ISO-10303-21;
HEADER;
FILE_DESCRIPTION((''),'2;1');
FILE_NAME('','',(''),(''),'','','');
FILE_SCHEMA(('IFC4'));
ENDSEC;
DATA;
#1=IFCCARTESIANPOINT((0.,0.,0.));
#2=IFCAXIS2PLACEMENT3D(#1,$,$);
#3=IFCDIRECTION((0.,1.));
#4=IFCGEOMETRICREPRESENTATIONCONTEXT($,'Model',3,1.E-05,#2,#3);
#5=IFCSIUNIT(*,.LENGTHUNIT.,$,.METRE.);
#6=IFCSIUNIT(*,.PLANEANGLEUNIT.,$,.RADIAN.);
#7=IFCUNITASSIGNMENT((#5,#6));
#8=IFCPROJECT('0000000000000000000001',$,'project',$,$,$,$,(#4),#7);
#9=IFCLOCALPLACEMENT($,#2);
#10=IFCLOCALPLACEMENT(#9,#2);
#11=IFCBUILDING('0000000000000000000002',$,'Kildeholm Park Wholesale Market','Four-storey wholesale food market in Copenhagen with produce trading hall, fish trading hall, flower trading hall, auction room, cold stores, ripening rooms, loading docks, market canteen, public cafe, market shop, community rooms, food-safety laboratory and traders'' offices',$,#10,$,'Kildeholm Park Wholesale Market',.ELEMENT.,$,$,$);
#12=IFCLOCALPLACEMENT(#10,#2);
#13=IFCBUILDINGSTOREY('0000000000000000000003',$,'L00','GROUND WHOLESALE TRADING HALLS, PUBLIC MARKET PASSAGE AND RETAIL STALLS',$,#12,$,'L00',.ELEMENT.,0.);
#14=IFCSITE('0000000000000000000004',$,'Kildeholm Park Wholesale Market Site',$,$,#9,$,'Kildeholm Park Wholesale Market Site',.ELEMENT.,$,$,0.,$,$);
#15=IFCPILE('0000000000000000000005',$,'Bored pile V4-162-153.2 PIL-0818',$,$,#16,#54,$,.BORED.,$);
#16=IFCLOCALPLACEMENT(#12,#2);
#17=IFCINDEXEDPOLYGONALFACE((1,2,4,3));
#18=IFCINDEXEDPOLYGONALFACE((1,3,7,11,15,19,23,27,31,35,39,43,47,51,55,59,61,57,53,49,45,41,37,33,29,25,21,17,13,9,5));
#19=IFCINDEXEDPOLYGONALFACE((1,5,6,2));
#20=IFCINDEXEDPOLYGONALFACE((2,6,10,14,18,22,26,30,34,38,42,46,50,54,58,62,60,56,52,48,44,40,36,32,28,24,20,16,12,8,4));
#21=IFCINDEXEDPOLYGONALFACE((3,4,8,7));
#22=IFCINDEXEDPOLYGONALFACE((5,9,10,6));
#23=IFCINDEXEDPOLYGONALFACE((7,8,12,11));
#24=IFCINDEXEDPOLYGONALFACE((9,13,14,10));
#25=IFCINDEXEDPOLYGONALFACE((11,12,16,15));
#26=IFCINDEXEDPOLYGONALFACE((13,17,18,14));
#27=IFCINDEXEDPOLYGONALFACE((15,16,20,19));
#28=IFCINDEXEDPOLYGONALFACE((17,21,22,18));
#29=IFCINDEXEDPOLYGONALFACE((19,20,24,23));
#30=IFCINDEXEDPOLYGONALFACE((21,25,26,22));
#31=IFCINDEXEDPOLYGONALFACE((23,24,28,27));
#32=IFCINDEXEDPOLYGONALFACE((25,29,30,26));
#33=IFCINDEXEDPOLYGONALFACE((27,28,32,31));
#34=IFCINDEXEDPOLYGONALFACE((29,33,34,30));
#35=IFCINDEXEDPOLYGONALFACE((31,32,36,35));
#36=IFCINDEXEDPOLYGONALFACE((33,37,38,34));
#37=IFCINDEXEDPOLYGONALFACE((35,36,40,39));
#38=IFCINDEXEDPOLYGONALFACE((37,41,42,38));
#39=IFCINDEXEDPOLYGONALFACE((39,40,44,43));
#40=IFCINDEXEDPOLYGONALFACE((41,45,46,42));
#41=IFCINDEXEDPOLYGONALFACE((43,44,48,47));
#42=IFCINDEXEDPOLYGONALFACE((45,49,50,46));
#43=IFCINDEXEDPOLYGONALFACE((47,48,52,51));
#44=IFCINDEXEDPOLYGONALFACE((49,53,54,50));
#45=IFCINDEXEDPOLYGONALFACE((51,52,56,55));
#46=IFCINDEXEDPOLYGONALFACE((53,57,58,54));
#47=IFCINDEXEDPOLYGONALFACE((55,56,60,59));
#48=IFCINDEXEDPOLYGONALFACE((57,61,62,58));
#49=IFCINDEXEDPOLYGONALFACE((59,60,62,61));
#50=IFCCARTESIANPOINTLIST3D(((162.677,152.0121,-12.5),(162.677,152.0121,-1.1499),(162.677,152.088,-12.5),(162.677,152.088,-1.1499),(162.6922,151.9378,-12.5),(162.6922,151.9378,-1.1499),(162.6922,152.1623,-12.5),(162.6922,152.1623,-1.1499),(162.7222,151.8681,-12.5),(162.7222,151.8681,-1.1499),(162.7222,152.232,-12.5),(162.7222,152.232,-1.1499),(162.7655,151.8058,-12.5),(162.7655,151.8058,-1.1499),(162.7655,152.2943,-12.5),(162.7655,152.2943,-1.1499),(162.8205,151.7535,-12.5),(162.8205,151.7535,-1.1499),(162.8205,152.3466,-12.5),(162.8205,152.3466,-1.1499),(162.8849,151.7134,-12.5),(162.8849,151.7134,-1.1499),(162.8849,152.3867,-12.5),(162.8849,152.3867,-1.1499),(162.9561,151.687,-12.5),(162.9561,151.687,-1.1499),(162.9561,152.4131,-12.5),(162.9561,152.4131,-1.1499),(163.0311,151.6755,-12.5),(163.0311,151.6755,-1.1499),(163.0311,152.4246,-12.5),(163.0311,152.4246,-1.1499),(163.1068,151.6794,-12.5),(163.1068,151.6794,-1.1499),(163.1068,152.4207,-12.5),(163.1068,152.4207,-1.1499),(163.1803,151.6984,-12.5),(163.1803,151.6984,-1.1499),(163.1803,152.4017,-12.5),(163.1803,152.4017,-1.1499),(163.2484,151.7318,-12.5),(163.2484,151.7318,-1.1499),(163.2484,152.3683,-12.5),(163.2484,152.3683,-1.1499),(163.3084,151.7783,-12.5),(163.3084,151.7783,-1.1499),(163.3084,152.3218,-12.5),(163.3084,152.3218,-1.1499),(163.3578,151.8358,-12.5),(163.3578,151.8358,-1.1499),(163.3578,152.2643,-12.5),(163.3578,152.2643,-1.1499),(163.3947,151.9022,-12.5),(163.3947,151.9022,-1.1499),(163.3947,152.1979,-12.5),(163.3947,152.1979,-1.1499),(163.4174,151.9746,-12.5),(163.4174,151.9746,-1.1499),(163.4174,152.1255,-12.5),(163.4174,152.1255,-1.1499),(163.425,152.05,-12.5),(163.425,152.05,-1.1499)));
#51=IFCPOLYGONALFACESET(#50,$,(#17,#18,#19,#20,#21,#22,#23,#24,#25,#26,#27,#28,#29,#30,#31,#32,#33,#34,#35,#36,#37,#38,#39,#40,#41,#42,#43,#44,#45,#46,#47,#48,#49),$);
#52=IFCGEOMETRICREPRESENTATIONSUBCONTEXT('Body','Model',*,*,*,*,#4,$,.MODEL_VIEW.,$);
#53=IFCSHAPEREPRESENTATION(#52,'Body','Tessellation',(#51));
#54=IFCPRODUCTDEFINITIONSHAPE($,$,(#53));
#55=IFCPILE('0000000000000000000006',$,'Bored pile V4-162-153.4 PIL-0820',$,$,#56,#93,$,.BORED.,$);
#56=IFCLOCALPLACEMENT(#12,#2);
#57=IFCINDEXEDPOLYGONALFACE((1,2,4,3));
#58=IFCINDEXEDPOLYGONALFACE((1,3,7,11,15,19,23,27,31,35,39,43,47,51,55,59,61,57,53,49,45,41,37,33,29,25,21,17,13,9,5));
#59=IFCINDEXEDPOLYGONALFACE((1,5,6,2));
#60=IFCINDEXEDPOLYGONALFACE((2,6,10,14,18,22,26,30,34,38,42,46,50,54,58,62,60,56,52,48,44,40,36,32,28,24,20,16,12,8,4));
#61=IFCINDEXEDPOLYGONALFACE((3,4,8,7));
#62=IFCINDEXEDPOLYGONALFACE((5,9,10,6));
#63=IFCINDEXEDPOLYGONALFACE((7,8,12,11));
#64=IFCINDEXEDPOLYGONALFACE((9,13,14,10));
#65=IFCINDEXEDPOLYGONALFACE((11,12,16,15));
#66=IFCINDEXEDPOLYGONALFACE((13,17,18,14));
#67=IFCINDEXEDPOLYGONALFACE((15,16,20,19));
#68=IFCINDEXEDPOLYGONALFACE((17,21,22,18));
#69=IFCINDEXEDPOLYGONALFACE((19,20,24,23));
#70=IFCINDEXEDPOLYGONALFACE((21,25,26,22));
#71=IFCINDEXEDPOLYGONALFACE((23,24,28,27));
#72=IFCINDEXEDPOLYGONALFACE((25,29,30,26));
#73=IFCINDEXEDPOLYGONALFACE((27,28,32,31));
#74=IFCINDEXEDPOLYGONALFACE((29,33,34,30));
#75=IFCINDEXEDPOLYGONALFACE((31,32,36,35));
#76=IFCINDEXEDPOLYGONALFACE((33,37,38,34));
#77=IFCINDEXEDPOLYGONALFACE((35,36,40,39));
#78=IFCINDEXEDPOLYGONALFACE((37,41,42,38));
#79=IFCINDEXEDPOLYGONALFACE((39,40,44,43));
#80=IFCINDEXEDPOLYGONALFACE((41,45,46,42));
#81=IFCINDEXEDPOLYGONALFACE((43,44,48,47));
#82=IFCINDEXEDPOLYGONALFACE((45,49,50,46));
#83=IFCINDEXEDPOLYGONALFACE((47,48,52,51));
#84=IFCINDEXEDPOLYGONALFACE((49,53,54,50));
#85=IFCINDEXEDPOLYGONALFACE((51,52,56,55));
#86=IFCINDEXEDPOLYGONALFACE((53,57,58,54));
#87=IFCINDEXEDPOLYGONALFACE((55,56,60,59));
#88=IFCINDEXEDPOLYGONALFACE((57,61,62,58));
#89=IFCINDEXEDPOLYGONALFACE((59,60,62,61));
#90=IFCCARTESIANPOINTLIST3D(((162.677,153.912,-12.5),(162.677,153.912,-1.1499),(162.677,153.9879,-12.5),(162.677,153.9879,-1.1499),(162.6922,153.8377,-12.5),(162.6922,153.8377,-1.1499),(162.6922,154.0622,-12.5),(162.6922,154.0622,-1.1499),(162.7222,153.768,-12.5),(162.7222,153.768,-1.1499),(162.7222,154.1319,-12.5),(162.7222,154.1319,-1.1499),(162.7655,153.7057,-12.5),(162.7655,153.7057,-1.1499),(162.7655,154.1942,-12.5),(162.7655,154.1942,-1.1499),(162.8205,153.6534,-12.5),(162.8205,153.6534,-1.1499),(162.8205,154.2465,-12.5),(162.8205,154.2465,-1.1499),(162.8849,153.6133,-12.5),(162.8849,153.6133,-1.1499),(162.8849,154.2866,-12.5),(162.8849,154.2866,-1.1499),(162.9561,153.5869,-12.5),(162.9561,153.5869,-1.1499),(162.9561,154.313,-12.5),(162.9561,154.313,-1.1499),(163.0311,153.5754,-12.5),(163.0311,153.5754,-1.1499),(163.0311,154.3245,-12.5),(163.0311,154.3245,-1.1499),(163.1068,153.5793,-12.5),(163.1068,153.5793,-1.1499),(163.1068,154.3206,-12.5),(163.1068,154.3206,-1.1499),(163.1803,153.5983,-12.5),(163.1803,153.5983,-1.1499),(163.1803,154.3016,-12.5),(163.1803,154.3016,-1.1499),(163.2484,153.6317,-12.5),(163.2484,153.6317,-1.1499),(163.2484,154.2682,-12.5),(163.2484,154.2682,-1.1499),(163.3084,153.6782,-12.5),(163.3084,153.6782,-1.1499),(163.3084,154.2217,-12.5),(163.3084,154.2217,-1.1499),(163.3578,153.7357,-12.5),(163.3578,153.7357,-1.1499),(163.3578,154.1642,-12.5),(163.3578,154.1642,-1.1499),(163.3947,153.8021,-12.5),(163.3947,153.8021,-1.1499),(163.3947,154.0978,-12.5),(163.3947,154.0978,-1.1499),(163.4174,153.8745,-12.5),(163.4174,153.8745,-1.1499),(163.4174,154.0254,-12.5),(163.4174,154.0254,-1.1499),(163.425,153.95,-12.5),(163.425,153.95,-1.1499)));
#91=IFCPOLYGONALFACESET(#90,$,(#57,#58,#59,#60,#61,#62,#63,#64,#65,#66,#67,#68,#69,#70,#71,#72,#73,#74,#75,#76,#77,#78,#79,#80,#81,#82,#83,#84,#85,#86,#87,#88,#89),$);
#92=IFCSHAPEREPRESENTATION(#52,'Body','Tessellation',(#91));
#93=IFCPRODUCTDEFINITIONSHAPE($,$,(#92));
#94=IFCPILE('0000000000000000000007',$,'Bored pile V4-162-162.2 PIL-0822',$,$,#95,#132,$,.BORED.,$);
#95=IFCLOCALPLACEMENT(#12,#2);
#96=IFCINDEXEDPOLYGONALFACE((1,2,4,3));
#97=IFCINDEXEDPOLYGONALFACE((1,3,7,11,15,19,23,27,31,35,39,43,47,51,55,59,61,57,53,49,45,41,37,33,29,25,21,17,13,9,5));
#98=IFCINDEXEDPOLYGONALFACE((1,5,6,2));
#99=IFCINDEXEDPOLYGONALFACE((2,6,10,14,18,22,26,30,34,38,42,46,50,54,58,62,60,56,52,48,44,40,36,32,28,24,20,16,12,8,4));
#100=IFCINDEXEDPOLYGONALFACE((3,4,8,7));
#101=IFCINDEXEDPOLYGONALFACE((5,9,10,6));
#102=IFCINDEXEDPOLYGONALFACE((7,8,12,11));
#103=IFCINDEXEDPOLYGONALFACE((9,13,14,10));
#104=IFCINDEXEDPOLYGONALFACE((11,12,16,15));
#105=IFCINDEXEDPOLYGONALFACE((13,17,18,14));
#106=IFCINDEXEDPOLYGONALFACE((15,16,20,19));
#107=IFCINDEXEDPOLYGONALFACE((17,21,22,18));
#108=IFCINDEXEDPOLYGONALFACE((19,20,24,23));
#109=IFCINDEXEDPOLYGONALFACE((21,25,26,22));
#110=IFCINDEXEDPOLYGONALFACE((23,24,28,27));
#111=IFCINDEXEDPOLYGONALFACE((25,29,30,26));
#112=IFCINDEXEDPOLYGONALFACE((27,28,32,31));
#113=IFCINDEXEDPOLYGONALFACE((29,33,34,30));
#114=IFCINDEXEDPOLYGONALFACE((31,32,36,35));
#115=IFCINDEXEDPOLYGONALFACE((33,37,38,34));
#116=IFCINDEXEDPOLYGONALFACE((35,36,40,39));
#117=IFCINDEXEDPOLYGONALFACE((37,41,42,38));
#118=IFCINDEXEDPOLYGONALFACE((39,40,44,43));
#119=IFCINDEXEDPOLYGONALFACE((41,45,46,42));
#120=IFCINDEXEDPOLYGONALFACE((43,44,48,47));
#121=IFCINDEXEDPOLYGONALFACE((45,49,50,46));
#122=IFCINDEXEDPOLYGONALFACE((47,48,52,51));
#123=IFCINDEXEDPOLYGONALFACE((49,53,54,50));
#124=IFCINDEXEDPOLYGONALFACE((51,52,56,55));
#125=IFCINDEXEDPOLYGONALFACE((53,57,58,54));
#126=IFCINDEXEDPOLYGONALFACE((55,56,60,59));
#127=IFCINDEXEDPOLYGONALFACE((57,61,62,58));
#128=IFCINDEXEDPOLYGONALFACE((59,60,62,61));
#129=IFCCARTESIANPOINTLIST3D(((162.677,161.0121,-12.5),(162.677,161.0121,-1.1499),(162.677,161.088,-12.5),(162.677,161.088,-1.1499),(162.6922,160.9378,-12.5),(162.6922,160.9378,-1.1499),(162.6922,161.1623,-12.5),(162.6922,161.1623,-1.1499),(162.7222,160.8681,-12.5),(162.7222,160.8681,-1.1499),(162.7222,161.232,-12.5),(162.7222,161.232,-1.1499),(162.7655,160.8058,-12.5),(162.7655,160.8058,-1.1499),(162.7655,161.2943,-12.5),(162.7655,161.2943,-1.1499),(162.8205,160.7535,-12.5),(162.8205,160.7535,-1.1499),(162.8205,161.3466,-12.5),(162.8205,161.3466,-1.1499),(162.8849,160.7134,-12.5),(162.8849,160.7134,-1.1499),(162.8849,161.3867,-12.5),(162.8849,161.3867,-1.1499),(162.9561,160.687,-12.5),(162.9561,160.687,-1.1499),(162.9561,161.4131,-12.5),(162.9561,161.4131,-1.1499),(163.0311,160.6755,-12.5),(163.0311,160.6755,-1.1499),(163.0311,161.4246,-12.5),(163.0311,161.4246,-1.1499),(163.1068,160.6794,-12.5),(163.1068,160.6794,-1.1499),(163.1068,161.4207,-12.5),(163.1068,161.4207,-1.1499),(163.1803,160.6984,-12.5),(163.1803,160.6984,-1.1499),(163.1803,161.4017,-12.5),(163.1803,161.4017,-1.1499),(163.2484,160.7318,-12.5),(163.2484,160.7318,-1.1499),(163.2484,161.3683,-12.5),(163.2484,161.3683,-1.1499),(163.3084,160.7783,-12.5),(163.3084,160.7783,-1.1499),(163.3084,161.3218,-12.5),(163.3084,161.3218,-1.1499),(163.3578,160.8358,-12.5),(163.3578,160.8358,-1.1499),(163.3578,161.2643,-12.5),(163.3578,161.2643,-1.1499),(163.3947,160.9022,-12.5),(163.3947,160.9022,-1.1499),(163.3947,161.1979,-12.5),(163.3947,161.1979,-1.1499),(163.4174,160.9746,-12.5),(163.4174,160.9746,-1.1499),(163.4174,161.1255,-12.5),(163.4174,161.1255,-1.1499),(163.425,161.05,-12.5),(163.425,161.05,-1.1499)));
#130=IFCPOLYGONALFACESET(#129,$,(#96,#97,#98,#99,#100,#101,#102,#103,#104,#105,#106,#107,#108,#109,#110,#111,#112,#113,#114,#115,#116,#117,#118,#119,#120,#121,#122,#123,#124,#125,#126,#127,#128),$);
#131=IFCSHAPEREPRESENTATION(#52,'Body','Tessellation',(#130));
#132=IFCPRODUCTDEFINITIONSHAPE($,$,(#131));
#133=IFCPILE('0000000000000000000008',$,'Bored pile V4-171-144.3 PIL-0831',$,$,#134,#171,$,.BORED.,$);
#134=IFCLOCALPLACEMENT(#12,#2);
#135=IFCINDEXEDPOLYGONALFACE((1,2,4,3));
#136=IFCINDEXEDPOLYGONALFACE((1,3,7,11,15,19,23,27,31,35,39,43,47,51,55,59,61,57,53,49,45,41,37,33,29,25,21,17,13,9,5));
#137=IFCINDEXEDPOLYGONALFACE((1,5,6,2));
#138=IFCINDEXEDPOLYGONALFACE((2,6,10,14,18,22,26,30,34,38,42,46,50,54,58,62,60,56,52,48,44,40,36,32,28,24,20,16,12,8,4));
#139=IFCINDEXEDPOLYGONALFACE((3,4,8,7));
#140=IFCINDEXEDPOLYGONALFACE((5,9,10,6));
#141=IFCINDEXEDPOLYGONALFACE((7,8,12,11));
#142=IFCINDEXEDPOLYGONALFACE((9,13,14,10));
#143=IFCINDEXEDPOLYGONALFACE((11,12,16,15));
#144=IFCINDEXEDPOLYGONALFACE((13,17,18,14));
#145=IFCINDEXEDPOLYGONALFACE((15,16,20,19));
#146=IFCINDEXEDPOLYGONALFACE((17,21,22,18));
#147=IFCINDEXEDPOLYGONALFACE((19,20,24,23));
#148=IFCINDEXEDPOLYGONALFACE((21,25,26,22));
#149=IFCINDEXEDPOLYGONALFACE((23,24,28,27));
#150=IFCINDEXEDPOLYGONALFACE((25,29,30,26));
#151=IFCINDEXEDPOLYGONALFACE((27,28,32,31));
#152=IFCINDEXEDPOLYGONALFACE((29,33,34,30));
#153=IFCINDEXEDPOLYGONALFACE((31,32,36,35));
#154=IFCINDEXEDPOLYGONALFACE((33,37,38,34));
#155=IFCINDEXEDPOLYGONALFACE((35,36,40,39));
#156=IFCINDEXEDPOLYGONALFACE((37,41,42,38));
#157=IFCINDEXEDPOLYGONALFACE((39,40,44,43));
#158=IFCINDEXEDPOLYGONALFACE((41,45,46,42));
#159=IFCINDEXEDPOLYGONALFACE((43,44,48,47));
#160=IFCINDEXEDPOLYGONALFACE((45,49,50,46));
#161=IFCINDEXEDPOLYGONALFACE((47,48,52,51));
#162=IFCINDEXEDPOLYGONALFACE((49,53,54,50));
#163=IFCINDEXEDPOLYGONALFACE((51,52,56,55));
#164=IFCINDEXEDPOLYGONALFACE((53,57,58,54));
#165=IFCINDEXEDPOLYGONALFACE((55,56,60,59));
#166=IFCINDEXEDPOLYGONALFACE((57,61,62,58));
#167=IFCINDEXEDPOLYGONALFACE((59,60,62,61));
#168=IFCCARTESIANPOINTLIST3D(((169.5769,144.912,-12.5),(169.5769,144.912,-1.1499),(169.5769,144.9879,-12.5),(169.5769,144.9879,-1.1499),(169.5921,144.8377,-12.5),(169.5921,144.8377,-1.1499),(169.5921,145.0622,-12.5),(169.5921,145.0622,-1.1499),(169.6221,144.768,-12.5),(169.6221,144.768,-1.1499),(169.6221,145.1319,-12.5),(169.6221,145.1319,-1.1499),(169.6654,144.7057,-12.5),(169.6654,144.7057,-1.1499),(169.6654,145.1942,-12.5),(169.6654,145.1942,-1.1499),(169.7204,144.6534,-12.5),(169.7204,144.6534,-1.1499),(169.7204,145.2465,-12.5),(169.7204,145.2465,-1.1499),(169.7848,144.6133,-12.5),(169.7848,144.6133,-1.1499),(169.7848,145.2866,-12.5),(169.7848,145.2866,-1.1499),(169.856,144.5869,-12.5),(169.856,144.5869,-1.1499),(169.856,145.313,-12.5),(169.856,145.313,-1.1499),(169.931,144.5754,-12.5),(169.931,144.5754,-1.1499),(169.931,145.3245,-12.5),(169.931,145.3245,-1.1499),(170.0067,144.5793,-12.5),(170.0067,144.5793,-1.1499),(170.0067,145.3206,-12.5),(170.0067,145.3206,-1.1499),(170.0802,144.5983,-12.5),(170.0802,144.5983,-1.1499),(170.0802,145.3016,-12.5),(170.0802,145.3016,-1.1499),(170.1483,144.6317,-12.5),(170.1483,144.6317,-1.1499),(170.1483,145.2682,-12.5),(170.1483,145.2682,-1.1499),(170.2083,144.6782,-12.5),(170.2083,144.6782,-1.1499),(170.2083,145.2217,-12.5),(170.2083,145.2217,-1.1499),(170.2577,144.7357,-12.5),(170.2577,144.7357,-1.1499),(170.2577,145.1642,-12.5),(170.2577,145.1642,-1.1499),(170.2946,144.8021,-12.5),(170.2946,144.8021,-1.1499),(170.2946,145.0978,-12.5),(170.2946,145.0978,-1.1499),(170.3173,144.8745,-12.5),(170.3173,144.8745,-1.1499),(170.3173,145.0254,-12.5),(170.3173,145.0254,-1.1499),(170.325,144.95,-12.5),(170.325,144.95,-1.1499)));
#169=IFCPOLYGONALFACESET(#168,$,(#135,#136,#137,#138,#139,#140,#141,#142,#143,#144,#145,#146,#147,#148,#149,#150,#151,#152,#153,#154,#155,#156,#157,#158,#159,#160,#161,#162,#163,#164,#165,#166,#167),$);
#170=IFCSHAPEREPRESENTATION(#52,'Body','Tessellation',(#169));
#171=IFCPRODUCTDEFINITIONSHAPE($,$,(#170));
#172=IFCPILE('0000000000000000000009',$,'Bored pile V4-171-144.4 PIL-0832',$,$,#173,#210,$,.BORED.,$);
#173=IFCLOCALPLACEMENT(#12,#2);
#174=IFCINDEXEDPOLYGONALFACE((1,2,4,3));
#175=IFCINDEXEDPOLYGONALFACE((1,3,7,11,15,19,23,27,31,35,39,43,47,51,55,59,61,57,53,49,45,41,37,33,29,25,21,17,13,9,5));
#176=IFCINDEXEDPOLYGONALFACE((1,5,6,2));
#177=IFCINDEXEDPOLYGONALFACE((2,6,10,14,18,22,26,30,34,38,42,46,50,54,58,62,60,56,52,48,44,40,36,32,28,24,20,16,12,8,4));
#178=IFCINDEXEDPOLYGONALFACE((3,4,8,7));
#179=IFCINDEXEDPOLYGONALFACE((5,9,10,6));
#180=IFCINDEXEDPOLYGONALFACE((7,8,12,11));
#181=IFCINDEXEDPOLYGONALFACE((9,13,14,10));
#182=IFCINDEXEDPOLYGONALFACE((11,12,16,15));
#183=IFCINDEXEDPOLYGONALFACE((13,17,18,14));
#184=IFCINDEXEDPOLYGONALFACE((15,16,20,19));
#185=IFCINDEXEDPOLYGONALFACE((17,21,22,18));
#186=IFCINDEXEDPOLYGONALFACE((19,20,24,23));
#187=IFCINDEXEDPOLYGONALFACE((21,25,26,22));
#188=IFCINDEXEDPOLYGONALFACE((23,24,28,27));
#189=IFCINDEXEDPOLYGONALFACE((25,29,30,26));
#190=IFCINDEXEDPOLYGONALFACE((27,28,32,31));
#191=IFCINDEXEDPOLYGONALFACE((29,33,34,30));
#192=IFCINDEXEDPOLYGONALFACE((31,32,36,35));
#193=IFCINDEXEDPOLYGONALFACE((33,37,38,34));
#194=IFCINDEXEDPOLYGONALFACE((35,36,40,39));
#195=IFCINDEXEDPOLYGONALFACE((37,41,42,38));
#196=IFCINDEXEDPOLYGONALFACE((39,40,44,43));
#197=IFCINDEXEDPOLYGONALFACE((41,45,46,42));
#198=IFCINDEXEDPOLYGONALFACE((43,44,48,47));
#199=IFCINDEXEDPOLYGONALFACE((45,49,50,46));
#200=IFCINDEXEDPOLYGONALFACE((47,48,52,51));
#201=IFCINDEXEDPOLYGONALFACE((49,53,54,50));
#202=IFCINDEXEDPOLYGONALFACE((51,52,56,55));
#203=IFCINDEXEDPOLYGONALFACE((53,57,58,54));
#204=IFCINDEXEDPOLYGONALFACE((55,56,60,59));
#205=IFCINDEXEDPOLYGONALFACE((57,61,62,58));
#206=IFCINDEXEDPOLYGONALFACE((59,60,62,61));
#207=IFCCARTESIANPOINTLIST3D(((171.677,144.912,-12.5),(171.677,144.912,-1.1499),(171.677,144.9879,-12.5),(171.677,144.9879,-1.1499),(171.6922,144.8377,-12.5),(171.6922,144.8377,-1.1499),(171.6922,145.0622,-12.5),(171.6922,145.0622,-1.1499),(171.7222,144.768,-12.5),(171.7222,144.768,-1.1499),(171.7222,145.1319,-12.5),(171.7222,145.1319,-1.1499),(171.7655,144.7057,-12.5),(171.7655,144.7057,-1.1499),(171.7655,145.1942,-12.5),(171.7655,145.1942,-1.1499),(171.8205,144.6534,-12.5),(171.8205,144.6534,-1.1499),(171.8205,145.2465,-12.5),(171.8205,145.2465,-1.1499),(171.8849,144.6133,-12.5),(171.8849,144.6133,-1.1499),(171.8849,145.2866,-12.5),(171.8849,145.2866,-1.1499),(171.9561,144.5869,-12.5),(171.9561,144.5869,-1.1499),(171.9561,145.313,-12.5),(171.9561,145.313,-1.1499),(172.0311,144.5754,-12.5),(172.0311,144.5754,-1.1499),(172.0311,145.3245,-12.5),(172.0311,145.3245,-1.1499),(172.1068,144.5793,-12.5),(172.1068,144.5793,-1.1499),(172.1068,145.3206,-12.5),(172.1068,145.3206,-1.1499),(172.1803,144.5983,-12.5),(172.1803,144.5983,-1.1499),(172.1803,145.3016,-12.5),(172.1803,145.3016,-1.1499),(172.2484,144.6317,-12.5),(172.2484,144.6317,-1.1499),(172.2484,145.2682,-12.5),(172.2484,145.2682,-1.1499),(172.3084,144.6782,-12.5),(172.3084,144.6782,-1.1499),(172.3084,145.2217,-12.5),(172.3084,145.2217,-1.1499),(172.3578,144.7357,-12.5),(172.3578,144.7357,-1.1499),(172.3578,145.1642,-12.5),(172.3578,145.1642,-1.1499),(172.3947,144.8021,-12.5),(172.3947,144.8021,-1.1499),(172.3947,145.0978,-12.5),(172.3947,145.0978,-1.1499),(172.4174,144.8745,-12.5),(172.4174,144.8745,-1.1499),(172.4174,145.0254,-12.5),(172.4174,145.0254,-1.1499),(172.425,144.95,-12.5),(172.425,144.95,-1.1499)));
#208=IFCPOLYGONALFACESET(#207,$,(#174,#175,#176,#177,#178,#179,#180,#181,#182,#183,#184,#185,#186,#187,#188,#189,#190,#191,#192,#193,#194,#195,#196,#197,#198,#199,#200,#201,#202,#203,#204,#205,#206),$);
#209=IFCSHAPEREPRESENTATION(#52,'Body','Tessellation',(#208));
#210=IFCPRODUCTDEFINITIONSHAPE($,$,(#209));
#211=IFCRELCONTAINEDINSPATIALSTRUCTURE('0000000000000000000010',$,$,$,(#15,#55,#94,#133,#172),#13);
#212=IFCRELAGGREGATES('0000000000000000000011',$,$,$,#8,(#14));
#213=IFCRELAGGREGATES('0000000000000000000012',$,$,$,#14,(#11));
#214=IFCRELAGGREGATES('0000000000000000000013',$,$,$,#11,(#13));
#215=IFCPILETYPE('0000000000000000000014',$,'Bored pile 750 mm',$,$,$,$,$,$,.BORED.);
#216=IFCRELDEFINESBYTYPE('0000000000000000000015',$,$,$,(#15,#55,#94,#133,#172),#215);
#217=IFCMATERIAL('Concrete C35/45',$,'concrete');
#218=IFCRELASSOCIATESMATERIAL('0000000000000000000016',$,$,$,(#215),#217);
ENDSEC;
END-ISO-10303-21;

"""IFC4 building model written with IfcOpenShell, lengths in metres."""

from ifc_helpers import new_model, si_unit, direction, frame, origin, origin_2d, place, context, subcontext, project, spatial, circle, extrude, material, material_profile, profile_set, type_object, element, save


model = new_model("IFC4")

# Units and contexts
model_context = context("Model", 3, precision=1e-05, world=origin(), true_north=direction((0.0, 1.0)))
body_context = subcontext(model_context, "Body", "Model", "MODEL_VIEW")
ifc_project = project(units=[si_unit("LENGTHUNIT", "METRE"), si_unit("PLANEANGLEUNIT", "RADIAN")], contexts=[model_context])

# Site, building, storey
site_placement = place(None, origin())
site = spatial("IfcSite", under=ifc_project, at=site_placement, Name="Kildeholm Park Wholesale Market Site", LongName="Kildeholm Park Wholesale Market Site", CompositionType="ELEMENT", RefElevation=0.0)
building_placement = place(site_placement, origin())
building = spatial("IfcBuilding", under=site, at=building_placement, Name="Kildeholm Park Wholesale Market", Description="Four-storey wholesale food market in Copenhagen with produce trading hall, fish trading hall, flower trading hall, auction room, cold stores, ripening rooms, loading docks, market canteen, public cafe, market shop, community rooms, food-safety laboratory and traders' offices", LongName="Kildeholm Park Wholesale Market", CompositionType="ELEMENT")
storey_placement = place(building_placement, origin())
storey = spatial("IfcBuildingStorey", under=building, at=storey_placement, Name="L00", Description="GROUND WHOLESALE TRADING HALLS, PUBLIC MARKET PASSAGE AND RETAIL STALLS", LongName="L00", CompositionType="ELEMENT", Elevation=0.0)

# Piles
ifc_material_1 = material(Name="Concrete C35/45", Category="concrete")
ifc_material_profile_1 = material_profile(ifc_material_1, circle(Radius=0.375, at=origin_2d()), Name="PILE D750")
ifc_profile_set_1 = profile_set([ifc_material_profile_1], Name="Concrete C35/45")
pile_type = type_object("IfcPileType", Name="Bored pile 750 mm", PredefinedType="BORED", material=ifc_profile_set_1)
for number, where, z_axis, x_axis, name in (
    (1, (163.05, 152.05, -1.1499), (0.0, 0.0, -1.0), (1.0, 0.0, 0.0), "Bored pile V4-162-153.2 PIL-0818"),
    (2, (163.05, 153.95, -1.1499), (0.0, 0.0, -1.0), (1.0, 0.0, 0.0), "Bored pile V4-162-153.4 PIL-0820"),
    (3, (163.05, 161.05, -1.1499), (0.0, 0.0, -1.0), (1.0, 0.0, 0.0), "Bored pile V4-162-162.2 PIL-0822"),
    (4, (169.95, 144.95, -1.1499), (0.0, 0.0, -1.0), (1.0, 0.0, 0.0), "Bored pile V4-171-144.3 PIL-0831"),
    (5, (172.05, 144.95, -1.1499), (0.0, 0.0, -1.0), (1.0, 0.0, 0.0), "Bored pile V4-171-144.4 PIL-0832"),
):
    element("IfcPile", number, at=place(storey_placement, frame(where, z_axis=z_axis, x_axis=x_axis)), inside=storey, type_object=pile_type, Name=name, PredefinedType="BORED", context=body_context, shape_type="SweptSolid", body=[
        extrude(circle(Radius=0.375, at=origin_2d()), origin(), (0.0, 0.0, 1.0), 11.3501),
    ])

save(model, "model.ifc")
